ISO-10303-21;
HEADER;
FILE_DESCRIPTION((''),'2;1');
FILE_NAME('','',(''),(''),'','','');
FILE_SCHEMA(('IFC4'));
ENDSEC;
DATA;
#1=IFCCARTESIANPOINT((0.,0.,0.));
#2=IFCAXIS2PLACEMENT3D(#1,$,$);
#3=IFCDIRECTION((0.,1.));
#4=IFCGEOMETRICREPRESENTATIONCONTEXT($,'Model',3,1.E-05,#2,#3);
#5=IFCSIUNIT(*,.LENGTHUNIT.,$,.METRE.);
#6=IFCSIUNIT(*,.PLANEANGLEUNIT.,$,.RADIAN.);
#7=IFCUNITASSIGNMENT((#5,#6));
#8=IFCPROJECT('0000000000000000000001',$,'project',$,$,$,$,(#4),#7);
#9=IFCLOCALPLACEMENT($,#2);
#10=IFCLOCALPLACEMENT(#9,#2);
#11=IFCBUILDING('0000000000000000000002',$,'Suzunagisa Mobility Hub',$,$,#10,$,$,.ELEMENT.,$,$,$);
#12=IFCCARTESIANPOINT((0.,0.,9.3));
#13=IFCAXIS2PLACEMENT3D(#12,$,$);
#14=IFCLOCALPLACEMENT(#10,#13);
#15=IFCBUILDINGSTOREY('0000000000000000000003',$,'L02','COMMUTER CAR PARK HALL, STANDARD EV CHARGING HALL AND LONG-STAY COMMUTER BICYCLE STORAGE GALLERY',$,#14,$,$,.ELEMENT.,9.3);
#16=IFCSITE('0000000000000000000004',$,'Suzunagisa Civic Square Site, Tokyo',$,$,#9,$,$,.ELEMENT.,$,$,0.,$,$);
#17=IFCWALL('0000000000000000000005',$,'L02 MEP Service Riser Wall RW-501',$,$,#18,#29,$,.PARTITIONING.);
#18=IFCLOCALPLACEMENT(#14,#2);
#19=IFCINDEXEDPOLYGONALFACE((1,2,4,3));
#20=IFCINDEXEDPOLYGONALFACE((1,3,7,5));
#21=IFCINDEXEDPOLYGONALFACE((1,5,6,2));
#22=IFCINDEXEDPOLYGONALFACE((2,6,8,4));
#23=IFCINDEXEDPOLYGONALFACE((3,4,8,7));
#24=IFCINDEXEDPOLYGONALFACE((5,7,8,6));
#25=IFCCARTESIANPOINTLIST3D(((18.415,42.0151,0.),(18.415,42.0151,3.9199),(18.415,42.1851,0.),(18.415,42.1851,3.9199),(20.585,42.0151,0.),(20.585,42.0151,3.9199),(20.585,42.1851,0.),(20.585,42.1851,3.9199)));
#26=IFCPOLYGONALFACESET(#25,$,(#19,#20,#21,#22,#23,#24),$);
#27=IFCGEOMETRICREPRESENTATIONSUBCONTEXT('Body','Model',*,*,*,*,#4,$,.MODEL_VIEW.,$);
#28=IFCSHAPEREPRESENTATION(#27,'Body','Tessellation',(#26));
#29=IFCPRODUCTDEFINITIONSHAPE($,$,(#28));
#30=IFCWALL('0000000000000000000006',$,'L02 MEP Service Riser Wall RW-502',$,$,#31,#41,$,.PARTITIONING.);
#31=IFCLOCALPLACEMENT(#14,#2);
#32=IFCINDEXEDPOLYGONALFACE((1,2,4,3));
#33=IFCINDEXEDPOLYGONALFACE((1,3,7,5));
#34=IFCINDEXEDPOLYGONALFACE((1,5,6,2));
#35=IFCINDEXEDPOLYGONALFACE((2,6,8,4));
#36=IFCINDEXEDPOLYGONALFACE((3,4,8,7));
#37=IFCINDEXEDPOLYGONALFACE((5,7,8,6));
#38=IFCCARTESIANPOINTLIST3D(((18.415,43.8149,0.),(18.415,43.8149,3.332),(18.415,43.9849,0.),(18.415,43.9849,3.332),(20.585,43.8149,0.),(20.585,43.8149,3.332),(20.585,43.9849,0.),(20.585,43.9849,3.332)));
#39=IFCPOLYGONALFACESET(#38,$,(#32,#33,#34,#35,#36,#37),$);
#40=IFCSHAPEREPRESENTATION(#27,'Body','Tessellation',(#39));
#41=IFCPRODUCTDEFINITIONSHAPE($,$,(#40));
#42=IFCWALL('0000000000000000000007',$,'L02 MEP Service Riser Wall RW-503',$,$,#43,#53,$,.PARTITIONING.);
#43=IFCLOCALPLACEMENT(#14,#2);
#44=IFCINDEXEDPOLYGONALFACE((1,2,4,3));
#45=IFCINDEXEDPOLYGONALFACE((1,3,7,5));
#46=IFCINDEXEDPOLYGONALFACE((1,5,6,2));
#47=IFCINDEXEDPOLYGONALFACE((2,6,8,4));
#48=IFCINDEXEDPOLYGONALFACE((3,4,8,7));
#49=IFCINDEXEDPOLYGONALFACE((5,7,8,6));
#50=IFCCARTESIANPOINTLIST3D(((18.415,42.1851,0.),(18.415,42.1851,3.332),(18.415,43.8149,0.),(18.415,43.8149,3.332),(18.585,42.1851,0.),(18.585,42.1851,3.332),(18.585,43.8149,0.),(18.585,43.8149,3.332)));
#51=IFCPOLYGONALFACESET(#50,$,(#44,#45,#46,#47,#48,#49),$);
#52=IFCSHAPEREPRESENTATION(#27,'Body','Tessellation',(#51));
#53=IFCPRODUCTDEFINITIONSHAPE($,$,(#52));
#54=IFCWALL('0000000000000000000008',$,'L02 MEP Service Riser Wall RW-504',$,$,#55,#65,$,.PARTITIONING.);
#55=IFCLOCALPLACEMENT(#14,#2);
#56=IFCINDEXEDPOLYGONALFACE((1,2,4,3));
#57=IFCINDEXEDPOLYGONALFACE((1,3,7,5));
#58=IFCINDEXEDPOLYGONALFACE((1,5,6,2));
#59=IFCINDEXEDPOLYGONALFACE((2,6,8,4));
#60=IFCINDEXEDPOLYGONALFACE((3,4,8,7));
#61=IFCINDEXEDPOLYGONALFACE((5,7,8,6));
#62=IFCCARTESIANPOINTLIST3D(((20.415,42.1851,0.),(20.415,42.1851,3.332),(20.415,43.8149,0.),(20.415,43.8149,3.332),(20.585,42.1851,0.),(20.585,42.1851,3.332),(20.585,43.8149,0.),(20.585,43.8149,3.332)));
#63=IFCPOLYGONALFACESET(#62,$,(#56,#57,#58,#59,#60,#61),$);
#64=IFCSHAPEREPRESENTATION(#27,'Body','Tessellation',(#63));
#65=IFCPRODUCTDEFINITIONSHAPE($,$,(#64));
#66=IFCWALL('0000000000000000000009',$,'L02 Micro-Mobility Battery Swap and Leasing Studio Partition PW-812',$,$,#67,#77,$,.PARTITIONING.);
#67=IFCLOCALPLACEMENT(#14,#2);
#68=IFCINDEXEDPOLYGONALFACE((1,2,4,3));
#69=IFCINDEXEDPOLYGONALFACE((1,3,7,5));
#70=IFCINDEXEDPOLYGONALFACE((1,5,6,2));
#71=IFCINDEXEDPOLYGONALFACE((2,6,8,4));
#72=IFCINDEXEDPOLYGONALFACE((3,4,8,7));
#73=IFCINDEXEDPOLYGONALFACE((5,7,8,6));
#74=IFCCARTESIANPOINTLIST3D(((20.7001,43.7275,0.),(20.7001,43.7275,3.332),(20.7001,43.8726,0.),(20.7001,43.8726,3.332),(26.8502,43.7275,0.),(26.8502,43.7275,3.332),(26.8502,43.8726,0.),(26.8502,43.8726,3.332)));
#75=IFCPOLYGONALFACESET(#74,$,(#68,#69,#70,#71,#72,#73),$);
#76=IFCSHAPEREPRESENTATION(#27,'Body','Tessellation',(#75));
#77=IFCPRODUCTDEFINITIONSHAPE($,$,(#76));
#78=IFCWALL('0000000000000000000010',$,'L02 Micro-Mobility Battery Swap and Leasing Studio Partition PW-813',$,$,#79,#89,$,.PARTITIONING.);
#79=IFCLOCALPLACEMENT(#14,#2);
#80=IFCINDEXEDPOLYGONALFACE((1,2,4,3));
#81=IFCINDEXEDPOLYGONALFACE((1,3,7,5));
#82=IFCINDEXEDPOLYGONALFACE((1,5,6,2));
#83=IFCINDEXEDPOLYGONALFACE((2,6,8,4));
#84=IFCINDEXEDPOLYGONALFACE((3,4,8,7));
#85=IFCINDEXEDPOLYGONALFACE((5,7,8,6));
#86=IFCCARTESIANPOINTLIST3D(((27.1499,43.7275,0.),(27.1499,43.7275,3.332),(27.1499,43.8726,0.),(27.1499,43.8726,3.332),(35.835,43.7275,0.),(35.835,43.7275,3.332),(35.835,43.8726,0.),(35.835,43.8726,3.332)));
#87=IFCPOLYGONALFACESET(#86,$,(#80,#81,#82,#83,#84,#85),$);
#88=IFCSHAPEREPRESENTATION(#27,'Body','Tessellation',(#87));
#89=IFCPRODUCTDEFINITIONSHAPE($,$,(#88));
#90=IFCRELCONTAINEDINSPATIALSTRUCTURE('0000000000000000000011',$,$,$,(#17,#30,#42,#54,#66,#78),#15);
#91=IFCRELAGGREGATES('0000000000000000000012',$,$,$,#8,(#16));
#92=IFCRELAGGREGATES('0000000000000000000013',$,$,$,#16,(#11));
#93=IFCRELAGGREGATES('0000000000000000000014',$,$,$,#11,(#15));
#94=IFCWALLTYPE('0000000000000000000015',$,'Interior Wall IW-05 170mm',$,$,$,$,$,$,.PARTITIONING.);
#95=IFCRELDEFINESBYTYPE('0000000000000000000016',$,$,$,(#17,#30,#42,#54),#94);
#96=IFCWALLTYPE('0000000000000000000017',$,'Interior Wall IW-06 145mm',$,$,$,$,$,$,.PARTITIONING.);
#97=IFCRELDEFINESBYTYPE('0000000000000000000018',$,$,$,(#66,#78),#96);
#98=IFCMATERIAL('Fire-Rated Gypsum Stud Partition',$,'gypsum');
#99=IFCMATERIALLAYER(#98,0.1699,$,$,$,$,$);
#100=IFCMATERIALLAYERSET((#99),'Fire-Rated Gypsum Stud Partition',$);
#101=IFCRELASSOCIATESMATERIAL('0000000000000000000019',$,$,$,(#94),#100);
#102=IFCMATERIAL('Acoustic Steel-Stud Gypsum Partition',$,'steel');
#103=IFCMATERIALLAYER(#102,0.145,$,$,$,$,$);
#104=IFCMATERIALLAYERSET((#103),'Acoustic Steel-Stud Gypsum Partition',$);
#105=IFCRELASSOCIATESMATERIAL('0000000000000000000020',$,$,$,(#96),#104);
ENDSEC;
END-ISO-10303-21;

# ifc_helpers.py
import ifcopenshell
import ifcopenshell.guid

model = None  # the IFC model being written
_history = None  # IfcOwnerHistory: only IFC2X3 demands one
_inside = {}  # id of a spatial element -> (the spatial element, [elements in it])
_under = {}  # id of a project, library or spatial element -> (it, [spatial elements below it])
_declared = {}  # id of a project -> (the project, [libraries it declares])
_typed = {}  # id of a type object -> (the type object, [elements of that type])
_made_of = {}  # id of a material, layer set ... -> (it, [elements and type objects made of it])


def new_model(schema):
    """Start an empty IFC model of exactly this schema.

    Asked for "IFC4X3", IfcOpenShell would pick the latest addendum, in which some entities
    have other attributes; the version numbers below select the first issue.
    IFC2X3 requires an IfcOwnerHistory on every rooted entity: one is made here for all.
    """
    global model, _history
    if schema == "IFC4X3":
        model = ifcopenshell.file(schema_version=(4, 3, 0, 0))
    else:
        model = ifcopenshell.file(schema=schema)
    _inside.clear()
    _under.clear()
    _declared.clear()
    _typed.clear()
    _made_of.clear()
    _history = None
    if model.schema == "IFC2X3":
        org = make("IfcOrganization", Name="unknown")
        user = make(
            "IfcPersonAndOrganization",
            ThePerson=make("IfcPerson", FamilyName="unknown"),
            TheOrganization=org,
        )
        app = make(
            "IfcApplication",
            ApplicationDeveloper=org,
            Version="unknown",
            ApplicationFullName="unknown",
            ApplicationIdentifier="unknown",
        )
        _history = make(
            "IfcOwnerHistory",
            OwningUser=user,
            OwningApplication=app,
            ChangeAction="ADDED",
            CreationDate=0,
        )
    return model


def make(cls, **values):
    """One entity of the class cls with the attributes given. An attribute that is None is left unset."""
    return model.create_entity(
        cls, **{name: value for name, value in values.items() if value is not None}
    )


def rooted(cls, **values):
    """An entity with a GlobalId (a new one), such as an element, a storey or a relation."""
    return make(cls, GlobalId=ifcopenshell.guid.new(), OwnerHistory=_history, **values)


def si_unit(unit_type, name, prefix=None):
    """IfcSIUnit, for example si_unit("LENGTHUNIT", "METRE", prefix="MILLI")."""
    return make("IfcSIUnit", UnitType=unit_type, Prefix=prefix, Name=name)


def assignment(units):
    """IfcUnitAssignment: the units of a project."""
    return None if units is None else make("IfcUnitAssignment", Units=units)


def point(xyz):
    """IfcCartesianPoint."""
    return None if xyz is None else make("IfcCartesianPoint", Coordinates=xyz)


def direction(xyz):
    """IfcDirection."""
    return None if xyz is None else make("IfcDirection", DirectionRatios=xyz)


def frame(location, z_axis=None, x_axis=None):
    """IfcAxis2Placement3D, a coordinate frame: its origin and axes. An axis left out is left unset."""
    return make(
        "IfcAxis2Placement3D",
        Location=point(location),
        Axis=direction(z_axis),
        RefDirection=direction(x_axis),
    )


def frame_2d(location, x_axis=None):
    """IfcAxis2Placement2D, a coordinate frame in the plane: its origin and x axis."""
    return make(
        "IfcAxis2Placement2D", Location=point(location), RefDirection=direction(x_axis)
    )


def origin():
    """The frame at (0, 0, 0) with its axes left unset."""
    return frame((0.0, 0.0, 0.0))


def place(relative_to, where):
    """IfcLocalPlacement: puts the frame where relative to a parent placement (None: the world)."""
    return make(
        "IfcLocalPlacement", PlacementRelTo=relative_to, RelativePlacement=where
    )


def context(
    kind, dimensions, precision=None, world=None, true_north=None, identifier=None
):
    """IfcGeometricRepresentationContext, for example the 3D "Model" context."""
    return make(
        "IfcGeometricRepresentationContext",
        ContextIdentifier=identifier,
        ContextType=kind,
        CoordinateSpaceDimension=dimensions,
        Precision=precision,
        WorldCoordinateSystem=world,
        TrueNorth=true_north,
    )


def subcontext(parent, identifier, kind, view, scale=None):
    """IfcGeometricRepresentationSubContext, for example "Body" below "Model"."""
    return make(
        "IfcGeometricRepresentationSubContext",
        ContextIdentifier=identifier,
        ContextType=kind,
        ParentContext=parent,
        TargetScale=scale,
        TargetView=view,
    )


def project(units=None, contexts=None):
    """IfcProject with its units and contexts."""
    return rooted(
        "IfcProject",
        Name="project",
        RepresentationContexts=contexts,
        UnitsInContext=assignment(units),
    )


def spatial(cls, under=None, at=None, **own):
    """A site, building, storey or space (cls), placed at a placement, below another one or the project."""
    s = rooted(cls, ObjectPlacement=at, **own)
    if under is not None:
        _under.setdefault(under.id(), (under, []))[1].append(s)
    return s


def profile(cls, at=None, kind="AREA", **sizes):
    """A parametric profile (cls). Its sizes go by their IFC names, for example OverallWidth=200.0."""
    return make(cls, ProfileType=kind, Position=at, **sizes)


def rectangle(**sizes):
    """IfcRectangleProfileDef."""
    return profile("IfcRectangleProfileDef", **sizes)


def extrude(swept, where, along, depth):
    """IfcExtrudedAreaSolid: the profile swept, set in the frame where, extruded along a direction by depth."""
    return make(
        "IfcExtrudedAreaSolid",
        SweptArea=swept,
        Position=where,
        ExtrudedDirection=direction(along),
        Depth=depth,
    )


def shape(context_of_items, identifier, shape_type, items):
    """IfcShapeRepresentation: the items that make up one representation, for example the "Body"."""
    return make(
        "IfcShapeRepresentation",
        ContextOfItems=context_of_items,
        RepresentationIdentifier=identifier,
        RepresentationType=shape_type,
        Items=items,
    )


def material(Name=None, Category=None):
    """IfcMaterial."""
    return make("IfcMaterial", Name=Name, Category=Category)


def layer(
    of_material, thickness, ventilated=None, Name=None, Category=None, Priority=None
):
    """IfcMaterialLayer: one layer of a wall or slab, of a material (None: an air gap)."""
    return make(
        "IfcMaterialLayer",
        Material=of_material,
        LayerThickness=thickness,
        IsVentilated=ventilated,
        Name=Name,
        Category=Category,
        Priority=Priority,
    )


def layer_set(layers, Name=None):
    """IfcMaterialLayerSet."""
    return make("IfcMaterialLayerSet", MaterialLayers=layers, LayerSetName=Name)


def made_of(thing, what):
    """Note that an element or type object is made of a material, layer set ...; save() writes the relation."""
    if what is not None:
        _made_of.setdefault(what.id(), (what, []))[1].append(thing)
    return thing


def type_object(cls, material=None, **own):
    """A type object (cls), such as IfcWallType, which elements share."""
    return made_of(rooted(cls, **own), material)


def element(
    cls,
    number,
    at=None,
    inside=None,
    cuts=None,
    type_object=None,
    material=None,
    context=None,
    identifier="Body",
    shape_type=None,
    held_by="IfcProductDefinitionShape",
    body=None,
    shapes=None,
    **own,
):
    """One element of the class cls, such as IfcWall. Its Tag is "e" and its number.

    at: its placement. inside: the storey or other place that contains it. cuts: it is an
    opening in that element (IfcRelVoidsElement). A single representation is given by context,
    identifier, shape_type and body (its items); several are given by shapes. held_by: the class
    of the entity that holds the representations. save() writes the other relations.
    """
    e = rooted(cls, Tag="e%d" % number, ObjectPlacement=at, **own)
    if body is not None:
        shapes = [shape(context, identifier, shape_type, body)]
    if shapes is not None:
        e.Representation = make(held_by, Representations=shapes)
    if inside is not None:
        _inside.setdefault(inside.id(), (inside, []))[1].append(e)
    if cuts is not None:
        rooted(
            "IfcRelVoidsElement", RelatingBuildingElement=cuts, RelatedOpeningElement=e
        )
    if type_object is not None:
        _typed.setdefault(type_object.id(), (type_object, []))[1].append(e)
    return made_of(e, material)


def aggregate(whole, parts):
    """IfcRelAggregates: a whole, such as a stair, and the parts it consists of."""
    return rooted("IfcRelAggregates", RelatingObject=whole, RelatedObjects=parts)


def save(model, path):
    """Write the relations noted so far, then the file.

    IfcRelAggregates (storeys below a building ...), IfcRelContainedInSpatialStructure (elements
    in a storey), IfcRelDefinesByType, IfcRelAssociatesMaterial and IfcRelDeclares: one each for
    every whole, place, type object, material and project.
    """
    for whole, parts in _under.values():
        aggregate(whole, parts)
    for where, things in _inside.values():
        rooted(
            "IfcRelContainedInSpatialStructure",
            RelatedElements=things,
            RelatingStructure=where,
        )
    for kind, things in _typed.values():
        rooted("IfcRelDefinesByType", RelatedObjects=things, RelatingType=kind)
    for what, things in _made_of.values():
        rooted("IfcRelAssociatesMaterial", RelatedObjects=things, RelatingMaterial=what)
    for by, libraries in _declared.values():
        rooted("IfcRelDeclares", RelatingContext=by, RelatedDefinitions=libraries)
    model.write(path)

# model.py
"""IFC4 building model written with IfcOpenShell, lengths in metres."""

from ifc_helpers import new_model, si_unit, direction, frame, frame_2d, origin, place, context, subcontext, project, spatial, rectangle, extrude, material, layer, layer_set, type_object, element, save


model = new_model("IFC4")

# Units and contexts
model_context = context("Model", 3, precision=1e-05, world=origin(), true_north=direction((0.0, 1.0)))
body_context = subcontext(model_context, "Body", "Model", "MODEL_VIEW")
ifc_project = project(units=[si_unit("LENGTHUNIT", "METRE"), si_unit("PLANEANGLEUNIT", "RADIAN")], contexts=[model_context])

# Site, building, storey
site_placement = place(None, origin())
site = spatial("IfcSite", under=ifc_project, at=site_placement, Name="Suzunagisa Civic Square Site, Tokyo", CompositionType="ELEMENT", RefElevation=0.0)
building_placement = place(site_placement, origin())
building = spatial("IfcBuilding", under=site, at=building_placement, Name="Suzunagisa Mobility Hub", CompositionType="ELEMENT")
storey_placement = place(building_placement, frame((0.0, 0.0, 9.3)))
storey = spatial("IfcBuildingStorey", under=building, at=storey_placement, Name="L02", Description="COMMUTER CAR PARK HALL, STANDARD EV CHARGING HALL AND LONG-STAY COMMUTER BICYCLE STORAGE GALLERY", CompositionType="ELEMENT", Elevation=9.3)

# Walls
ifc_material_1 = material(Name="Fire-Rated Gypsum Stud Partition", Category="gypsum")
ifc_layer_1 = layer(ifc_material_1, 0.1699)
ifc_layer_set_1 = layer_set([ifc_layer_1], Name="Fire-Rated Gypsum Stud Partition")
wall_type_1 = type_object("IfcWallType", Name="Interior Wall IW-05 170mm", PredefinedType="PARTITIONING", material=ifc_layer_set_1)
wall_1_placement = place(storey_placement, frame((18.415, 42.1001, 0.0), z_axis=(0.0, 0.0, 1.0), x_axis=(1.0, 0.0, 0.0)))
element("IfcWall", 1, at=wall_1_placement, inside=storey, type_object=wall_type_1, Name="L02 MEP Service Riser Wall RW-501", PredefinedType="PARTITIONING", context=body_context, shape_type="SweptSolid", body=[
    extrude(rectangle(XDim=2.1699, YDim=0.1699, at=frame_2d((1.085, 0.0))), origin(), (0.0, 0.0, 1.0), 3.9199),
])
wall_2_placement = place(storey_placement, frame((18.415, 43.8999, 0.0), z_axis=(0.0, 0.0, 1.0), x_axis=(1.0, 0.0, 0.0)))
element("IfcWall", 2, at=wall_2_placement, inside=storey, type_object=wall_type_1, Name="L02 MEP Service Riser Wall RW-502", PredefinedType="PARTITIONING", context=body_context, shape_type="SweptSolid", body=[
    extrude(rectangle(XDim=2.1699, YDim=0.1699, at=frame_2d((1.085, 0.0))), origin(), (0.0, 0.0, 1.0), 3.332),
])
for number, where, z_axis, x_axis, name in (
    (3, (18.5, 42.1851, 0.0), (0.0, 0.0, 1.0), (0.0, 1.0, 0.0), "L02 MEP Service Riser Wall RW-503"),
    (4, (20.5, 42.1851, 0.0), (0.0, 0.0, 1.0), (0.0, 1.0, 0.0), "L02 MEP Service Riser Wall RW-504"),
):
    element("IfcWall", number, at=place(storey_placement, frame(where, z_axis=z_axis, x_axis=x_axis)), inside=storey, type_object=wall_type_1, Name=name, PredefinedType="PARTITIONING", context=body_context, shape_type="SweptSolid", body=[
        extrude(rectangle(XDim=1.6299, YDim=0.1699, at=frame_2d((0.8149, 0.0))), origin(), (0.0, 0.0, 1.0), 3.332),
    ])
ifc_material_2 = material(Name="Acoustic Steel-Stud Gypsum Partition", Category="steel")
ifc_layer_2 = layer(ifc_material_2, 0.145)
ifc_layer_set_2 = layer_set([ifc_layer_2], Name="Acoustic Steel-Stud Gypsum Partition")
wall_type_2 = type_object("IfcWallType", Name="Interior Wall IW-06 145mm", PredefinedType="PARTITIONING", material=ifc_layer_set_2)
wall_3_placement = place(storey_placement, frame((20.7, 43.8, 0.0), z_axis=(0.0, 0.0, 1.0), x_axis=(1.0, 0.0, 0.0)))
element("IfcWall", 5, at=wall_3_placement, inside=storey, type_object=wall_type_2, Name="L02 Micro-Mobility Battery Swap and Leasing Studio Partition PW-812", PredefinedType="PARTITIONING", context=body_context, shape_type="SweptSolid", body=[
    extrude(rectangle(XDim=6.1501, YDim=0.145, at=frame_2d((3.0752, 0.0))), origin(), (0.0, 0.0, 1.0), 3.332),
])
wall_4_placement = place(storey_placement, frame((27.1499, 43.8, 0.0), z_axis=(0.0, 0.0, 1.0), x_axis=(1.0, 0.0, 0.0)))
element("IfcWall", 6, at=wall_4_placement, inside=storey, type_object=wall_type_2, Name="L02 Micro-Mobility Battery Swap and Leasing Studio Partition PW-813", PredefinedType="PARTITIONING", context=body_context, shape_type="SweptSolid", body=[
    extrude(rectangle(XDim=8.6851, YDim=0.145, at=frame_2d((4.3425, 0.0))), origin(), (0.0, 0.0, 1.0), 3.332),
])

save(model, "model.ifc")
